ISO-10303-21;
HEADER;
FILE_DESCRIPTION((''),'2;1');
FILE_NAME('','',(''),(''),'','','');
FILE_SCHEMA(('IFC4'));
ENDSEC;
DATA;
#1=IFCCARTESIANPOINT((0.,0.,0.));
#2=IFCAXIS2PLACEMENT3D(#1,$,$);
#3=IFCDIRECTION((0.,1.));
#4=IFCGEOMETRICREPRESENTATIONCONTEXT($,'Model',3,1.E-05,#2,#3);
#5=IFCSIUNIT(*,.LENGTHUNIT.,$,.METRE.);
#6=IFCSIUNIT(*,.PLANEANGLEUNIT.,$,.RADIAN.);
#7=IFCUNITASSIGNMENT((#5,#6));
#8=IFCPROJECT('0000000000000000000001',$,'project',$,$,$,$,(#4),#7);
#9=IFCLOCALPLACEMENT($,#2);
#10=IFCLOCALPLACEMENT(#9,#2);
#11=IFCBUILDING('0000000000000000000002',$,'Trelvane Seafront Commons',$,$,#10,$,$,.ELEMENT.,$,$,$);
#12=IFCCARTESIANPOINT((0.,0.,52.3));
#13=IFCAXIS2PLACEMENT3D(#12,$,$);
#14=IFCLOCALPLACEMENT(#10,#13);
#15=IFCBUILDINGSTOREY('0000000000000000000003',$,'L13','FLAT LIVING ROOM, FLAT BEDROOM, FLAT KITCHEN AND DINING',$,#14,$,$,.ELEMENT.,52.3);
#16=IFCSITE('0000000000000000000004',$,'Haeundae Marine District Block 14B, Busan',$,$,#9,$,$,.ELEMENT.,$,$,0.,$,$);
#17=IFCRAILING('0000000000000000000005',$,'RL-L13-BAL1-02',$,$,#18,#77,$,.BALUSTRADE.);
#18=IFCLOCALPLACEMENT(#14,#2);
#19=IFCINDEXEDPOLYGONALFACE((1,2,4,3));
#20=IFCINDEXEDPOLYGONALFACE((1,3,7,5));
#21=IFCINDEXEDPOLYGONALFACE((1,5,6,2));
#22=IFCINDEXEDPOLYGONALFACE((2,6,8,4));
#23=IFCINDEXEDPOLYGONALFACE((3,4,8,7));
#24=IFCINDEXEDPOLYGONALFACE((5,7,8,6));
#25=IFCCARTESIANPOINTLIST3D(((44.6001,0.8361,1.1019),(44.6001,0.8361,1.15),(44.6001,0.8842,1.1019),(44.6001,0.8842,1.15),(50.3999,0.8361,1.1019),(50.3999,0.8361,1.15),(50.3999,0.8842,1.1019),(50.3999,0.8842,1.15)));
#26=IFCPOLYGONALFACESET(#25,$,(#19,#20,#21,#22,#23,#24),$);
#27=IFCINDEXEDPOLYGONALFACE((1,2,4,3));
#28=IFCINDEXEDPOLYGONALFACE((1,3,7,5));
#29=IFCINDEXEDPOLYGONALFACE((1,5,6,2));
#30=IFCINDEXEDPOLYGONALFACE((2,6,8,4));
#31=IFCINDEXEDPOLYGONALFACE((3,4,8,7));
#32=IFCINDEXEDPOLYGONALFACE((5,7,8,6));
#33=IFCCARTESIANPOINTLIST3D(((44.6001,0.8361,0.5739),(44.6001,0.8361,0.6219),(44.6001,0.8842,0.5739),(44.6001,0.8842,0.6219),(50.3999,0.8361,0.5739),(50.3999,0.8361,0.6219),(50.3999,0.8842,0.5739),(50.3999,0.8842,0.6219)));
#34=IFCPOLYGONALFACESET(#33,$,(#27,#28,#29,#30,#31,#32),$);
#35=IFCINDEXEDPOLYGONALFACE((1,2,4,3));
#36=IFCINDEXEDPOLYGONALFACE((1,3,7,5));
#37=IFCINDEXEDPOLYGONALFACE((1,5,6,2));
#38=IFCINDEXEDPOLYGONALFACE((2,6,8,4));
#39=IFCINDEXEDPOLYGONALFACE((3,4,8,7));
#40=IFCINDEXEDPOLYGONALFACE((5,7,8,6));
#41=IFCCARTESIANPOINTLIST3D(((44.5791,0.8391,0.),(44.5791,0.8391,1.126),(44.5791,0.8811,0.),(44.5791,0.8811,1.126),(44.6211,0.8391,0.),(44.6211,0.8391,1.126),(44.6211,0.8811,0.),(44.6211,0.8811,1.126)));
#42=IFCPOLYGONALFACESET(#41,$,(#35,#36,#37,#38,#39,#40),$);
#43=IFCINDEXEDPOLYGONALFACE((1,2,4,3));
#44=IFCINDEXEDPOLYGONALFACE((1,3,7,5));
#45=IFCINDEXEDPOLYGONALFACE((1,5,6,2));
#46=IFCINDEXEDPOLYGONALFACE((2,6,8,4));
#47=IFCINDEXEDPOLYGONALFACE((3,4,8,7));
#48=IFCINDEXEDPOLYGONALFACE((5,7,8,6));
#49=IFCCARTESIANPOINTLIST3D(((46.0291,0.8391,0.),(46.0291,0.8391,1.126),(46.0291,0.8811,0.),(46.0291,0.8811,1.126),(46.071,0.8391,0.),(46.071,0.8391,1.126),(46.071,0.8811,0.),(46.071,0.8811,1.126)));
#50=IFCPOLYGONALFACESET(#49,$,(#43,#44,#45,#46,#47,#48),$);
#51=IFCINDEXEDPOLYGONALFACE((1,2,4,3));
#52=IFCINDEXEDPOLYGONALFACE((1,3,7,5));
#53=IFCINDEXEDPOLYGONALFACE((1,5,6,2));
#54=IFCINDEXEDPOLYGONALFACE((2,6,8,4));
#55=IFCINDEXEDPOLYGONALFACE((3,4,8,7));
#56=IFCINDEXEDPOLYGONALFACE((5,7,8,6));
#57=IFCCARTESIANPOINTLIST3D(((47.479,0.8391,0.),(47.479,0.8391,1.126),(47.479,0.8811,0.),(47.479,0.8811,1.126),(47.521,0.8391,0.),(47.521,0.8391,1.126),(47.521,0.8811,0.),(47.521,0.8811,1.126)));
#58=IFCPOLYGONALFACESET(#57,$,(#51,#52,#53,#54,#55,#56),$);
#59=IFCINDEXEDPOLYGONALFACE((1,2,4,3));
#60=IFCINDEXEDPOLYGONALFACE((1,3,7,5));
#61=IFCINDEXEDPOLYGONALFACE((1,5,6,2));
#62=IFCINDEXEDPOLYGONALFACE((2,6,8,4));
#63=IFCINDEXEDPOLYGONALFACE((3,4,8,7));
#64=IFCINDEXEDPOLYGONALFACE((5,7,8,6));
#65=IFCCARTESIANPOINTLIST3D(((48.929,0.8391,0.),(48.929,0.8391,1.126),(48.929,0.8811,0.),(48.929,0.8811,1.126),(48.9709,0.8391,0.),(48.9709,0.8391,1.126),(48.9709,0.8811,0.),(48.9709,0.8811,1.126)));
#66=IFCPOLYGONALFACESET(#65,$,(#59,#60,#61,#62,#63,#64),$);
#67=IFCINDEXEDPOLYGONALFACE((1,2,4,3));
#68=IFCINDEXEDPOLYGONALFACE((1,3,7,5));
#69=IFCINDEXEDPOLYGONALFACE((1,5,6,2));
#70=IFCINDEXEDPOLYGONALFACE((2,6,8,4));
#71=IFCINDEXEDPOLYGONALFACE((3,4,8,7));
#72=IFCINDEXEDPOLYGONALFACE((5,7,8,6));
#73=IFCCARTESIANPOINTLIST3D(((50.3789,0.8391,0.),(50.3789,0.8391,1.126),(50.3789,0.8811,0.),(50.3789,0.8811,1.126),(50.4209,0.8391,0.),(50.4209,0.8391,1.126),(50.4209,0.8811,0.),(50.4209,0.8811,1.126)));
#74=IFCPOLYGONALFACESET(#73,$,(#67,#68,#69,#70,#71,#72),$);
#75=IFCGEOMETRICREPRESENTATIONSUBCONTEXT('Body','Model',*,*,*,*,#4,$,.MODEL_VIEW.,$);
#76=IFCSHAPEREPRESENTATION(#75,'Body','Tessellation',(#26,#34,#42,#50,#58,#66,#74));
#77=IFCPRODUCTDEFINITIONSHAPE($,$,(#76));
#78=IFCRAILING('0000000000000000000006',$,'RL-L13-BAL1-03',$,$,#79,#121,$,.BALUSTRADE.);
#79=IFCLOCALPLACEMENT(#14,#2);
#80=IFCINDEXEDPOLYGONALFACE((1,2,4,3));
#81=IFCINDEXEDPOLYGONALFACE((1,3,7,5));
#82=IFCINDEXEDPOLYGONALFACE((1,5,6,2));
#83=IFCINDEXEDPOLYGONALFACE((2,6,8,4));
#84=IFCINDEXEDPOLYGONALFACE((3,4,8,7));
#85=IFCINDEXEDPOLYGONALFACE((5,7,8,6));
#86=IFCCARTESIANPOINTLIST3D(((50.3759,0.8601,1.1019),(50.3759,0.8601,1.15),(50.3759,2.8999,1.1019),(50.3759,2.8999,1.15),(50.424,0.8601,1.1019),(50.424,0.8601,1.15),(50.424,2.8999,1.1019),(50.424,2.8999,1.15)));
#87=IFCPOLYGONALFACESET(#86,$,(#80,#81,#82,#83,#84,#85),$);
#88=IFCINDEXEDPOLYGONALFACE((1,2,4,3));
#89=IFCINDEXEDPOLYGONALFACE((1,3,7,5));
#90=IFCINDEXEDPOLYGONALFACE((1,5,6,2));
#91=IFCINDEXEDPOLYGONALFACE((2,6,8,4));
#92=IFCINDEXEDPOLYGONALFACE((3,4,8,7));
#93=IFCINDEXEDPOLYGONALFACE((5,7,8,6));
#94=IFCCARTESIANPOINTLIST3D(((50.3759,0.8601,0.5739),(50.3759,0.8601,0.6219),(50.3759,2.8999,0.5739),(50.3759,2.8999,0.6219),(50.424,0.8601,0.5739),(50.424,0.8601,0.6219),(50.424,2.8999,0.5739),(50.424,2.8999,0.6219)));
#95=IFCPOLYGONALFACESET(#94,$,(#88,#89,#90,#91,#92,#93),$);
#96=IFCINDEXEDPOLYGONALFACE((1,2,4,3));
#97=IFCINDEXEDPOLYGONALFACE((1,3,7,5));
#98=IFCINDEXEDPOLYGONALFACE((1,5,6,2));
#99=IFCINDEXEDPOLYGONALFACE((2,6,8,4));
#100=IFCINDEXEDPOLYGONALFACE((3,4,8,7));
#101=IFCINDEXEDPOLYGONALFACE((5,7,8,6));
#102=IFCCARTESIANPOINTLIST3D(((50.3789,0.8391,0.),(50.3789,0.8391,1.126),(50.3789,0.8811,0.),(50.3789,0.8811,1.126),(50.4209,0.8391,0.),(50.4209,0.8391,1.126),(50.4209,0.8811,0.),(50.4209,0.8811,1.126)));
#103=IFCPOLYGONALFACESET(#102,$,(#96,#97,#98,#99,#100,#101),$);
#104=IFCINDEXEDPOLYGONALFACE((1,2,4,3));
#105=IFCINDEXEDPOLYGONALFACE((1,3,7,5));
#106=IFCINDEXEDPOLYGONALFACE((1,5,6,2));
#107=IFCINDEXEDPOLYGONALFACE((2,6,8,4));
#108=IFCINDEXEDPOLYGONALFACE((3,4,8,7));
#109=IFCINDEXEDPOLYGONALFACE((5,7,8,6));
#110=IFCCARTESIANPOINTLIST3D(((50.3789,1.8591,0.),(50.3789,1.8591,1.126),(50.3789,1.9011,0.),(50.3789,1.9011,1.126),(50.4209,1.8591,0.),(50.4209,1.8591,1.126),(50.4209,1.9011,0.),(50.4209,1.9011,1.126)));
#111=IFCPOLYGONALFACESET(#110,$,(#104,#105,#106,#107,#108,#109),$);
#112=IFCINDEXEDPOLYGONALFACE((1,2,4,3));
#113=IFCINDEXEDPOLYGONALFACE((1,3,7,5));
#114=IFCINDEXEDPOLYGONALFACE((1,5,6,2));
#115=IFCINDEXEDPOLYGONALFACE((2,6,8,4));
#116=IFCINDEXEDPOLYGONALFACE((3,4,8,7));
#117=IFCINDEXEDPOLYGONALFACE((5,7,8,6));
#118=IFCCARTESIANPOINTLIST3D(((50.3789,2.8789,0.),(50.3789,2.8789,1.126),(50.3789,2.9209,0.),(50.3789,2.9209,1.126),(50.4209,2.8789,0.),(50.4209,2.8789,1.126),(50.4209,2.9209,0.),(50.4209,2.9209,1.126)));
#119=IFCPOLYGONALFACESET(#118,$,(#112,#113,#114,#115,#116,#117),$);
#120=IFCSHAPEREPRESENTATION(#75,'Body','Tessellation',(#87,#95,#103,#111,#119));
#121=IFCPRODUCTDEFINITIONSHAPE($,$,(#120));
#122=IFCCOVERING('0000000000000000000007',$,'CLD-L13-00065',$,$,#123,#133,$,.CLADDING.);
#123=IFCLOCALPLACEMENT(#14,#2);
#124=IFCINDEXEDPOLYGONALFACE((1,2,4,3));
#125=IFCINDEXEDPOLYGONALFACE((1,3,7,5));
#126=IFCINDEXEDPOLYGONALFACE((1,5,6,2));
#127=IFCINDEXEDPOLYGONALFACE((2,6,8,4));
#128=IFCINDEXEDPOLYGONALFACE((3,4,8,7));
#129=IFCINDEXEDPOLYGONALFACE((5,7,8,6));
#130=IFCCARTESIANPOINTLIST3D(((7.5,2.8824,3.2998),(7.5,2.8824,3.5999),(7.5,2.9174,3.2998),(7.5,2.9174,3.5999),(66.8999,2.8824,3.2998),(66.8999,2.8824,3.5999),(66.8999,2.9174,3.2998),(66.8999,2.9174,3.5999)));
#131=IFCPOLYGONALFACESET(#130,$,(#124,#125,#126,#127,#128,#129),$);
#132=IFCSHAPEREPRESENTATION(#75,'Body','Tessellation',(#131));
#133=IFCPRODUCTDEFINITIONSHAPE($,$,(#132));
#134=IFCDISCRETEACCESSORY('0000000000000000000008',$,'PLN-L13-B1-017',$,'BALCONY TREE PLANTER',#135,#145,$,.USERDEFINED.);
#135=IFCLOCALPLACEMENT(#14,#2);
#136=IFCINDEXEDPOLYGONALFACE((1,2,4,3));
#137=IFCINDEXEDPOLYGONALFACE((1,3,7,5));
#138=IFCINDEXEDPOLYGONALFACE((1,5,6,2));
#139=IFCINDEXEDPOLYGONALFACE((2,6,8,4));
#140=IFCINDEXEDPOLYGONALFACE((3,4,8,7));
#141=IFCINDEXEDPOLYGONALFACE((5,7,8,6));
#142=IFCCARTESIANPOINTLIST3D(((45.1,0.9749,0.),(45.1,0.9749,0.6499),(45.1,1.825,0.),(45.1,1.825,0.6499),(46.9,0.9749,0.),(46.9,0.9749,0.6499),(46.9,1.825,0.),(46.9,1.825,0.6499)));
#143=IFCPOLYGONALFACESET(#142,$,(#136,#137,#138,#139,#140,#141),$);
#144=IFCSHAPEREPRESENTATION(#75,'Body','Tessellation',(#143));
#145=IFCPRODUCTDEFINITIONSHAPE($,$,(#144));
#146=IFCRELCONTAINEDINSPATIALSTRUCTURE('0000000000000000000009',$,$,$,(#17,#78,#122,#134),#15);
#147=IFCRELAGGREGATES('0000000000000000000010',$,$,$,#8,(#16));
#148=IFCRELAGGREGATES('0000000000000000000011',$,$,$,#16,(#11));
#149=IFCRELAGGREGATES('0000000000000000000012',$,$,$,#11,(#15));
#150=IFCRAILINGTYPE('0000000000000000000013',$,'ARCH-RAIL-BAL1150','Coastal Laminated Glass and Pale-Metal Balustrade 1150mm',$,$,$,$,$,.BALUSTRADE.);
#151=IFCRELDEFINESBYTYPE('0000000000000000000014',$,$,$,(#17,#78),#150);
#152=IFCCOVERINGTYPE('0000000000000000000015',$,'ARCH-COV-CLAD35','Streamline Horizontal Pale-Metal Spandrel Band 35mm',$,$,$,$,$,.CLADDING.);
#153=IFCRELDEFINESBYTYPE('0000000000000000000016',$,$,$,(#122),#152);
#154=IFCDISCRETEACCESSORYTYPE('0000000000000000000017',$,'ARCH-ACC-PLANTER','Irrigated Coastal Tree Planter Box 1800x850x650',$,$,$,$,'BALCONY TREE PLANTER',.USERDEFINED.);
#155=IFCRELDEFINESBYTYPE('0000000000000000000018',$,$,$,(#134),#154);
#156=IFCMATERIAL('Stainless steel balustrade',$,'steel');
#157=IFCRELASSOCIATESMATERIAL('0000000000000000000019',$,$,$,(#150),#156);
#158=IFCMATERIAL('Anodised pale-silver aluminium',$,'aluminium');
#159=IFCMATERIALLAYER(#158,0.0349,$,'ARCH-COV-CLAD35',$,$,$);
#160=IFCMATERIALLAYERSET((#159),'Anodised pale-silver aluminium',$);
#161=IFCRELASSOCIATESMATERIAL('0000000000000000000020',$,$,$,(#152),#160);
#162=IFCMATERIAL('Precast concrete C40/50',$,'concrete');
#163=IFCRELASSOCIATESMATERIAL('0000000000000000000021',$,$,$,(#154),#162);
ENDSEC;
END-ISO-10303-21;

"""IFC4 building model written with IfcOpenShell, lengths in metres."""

from ifc_helpers import new_model, si_unit, direction, frame, origin, origin_2d, place, context, subcontext, project, spatial, rectangle, extrude, source, transform, mapped, material, layer, layer_set, type_object, element, save


model = new_model("IFC4")

# Units and contexts
model_context = context("Model", 3, precision=1e-05, world=origin(), true_north=direction((0.0, 1.0)))
body_context = subcontext(model_context, "Body", "Model", "MODEL_VIEW")
ifc_project = project(units=[si_unit("LENGTHUNIT", "METRE"), si_unit("PLANEANGLEUNIT", "RADIAN")], contexts=[model_context])

# Site, building, storey
site_placement = place(None, origin())
site = spatial("IfcSite", under=ifc_project, at=site_placement, Name="Haeundae Marine District Block 14B, Busan", CompositionType="ELEMENT", RefElevation=0.0)
building_placement = place(site_placement, origin())
building = spatial("IfcBuilding", under=site, at=building_placement, Name="Trelvane Seafront Commons", CompositionType="ELEMENT")
storey_placement = place(building_placement, frame((0.0, 0.0, 52.3)))
storey = spatial("IfcBuildingStorey", under=building, at=storey_placement, Name="L13", Description="FLAT LIVING ROOM, FLAT BEDROOM, FLAT KITCHEN AND DINING", CompositionType="ELEMENT", Elevation=52.3)

# Shared definitions
ifc_material_1 = material(Name="Anodised pale-silver aluminium", Category="aluminium")

# Railings
ifc_material_2 = material(Name="Stainless steel balustrade", Category="steel")
railing_type = type_object("IfcRailingType", Name="ARCH-RAIL-BAL1150", Description="Coastal Laminated Glass and Pale-Metal Balustrade 1150mm", PredefinedType="BALUSTRADE", material=ifc_material_2)
railing_1_placement = place(storey_placement, frame((44.6001, 0.8601, 0.0)))
element("IfcRailing", 1, at=railing_1_placement, inside=storey, type_object=railing_type, Name="RL-L13-BAL1-02", PredefinedType="BALUSTRADE", context=body_context, shape_type="SweptSolid", body=[
    extrude(rectangle(XDim=0.0481, YDim=0.0481, at=origin_2d()), frame((0.0, 0.0, 1.126), z_axis=(1.0, 0.0, 0.0), x_axis=(0.0, 1.0, 0.0)), (0.0, 0.0, 1.0), 5.7998),
    extrude(rectangle(XDim=0.0481, YDim=0.0481, at=origin_2d()), frame((0.0, 0.0, 0.5979), z_axis=(1.0, 0.0, 0.0), x_axis=(0.0, 1.0, 0.0)), (0.0, 0.0, 1.0), 5.7998),
    extrude(rectangle(XDim=0.042, YDim=0.042, at=origin_2d()), origin(), (0.0, 0.0, 1.0), 1.126),
    extrude(rectangle(XDim=0.042, YDim=0.042, at=origin_2d()), frame((1.45, 0.0, 0.0)), (0.0, 0.0, 1.0), 1.126),
    extrude(rectangle(XDim=0.042, YDim=0.042, at=origin_2d()), frame((2.8999, 0.0, 0.0)), (0.0, 0.0, 1.0), 1.126),
    extrude(rectangle(XDim=0.042, YDim=0.042, at=origin_2d()), frame((4.3499, 0.0, 0.0)), (0.0, 0.0, 1.0), 1.126),
    extrude(rectangle(XDim=0.042, YDim=0.042, at=origin_2d()), frame((5.7998, 0.0, 0.0)), (0.0, 0.0, 1.0), 1.126),
])
railing_2_placement = place(storey_placement, frame((50.3999, 0.8601, 0.0)))
element("IfcRailing", 2, at=railing_2_placement, inside=storey, type_object=railing_type, Name="RL-L13-BAL1-03", PredefinedType="BALUSTRADE", context=body_context, shape_type="SweptSolid", body=[
    extrude(rectangle(XDim=0.0481, YDim=0.0481, at=origin_2d()), frame((0.0, 0.0, 1.126), z_axis=(0.0, 1.0, 0.0), x_axis=(-1.0, 0.0, 0.0)), (0.0, 0.0, 1.0), 2.0398),
    extrude(rectangle(XDim=0.0481, YDim=0.0481, at=origin_2d()), frame((0.0, 0.0, 0.5979), z_axis=(0.0, 1.0, 0.0), x_axis=(-1.0, 0.0, 0.0)), (0.0, 0.0, 1.0), 2.0398),
    extrude(rectangle(XDim=0.042, YDim=0.042, at=origin_2d()), origin(), (0.0, 0.0, 1.0), 1.126),
    extrude(rectangle(XDim=0.042, YDim=0.042, at=origin_2d()), frame((0.0, 1.02, 0.0)), (0.0, 0.0, 1.0), 1.126),
    extrude(rectangle(XDim=0.042, YDim=0.042, at=origin_2d()), frame((0.0, 2.0398, 0.0)), (0.0, 0.0, 1.0), 1.126),
])

# Covering
ifc_layer_1 = layer(ifc_material_1, 0.0349, Name="ARCH-COV-CLAD35")
ifc_layer_set_1 = layer_set([ifc_layer_1], Name="Anodised pale-silver aluminium")
covering_type = type_object("IfcCoveringType", Name="ARCH-COV-CLAD35", Description="Streamline Horizontal Pale-Metal Spandrel Band 35mm", PredefinedType="CLADDING", material=ifc_layer_set_1)
shared_shape_1 = source(origin(), body_context, "Body", "SweptSolid", [
    extrude(rectangle(XDim=59.3999, YDim=0.0349, at=origin_2d()), origin(), (0.0, 0.0, 1.0), 0.3),
])
covering_placement = place(storey_placement, frame((37.2, 2.8999, 3.2998), z_axis=(0.0, 0.0, 1.0), x_axis=(-1.0, 0.0, 0.0)))
element("IfcCovering", 3, at=covering_placement, inside=storey, type_object=covering_type, Name="CLD-L13-00065", PredefinedType="CLADDING", context=body_context, shape_type="MappedRepresentation", body=[
    mapped(shared_shape_1, transform((0.0, 0.0, 0.0), x_axis=(1.0, 0.0, 0.0), y_axis=(0.0, 1.0, 0.0), z_axis=(0.0, 0.0, 1.0), scale=1.0)),
])

# Discrete accessory
ifc_material_3 = material(Name="Precast concrete C40/50", Category="concrete")
discrete_accessory_type = type_object("IfcDiscreteAccessoryType", Name="ARCH-ACC-PLANTER", Description="Irrigated Coastal Tree Planter Box 1800x850x650", ElementType="BALCONY TREE PLANTER", PredefinedType="USERDEFINED", material=ifc_material_3)
shared_shape_2 = source(origin(), body_context, "Body", "SweptSolid", [
    extrude(rectangle(XDim=1.8, YDim=0.8501, at=origin_2d()), origin(), (0.0, 0.0, 1.0), 0.6499),
])
discrete_accessory_placement = place(storey_placement, frame((46.0, 1.3999, 0.0), z_axis=(0.0, 0.0, 1.0), x_axis=(1.0, 0.0, 0.0)))
element("IfcDiscreteAccessory", 4, at=discrete_accessory_placement, inside=storey, type_object=discrete_accessory_type, Name="PLN-L13-B1-017", ObjectType="BALCONY TREE PLANTER", PredefinedType="USERDEFINED", context=body_context, shape_type="MappedRepresentation", body=[
    mapped(shared_shape_2, transform((0.0, 0.0, 0.0), x_axis=(1.0, 0.0, 0.0), y_axis=(0.0, 1.0, 0.0), z_axis=(0.0, 0.0, 1.0), scale=1.0)),
])

save(model, "model.ifc")
